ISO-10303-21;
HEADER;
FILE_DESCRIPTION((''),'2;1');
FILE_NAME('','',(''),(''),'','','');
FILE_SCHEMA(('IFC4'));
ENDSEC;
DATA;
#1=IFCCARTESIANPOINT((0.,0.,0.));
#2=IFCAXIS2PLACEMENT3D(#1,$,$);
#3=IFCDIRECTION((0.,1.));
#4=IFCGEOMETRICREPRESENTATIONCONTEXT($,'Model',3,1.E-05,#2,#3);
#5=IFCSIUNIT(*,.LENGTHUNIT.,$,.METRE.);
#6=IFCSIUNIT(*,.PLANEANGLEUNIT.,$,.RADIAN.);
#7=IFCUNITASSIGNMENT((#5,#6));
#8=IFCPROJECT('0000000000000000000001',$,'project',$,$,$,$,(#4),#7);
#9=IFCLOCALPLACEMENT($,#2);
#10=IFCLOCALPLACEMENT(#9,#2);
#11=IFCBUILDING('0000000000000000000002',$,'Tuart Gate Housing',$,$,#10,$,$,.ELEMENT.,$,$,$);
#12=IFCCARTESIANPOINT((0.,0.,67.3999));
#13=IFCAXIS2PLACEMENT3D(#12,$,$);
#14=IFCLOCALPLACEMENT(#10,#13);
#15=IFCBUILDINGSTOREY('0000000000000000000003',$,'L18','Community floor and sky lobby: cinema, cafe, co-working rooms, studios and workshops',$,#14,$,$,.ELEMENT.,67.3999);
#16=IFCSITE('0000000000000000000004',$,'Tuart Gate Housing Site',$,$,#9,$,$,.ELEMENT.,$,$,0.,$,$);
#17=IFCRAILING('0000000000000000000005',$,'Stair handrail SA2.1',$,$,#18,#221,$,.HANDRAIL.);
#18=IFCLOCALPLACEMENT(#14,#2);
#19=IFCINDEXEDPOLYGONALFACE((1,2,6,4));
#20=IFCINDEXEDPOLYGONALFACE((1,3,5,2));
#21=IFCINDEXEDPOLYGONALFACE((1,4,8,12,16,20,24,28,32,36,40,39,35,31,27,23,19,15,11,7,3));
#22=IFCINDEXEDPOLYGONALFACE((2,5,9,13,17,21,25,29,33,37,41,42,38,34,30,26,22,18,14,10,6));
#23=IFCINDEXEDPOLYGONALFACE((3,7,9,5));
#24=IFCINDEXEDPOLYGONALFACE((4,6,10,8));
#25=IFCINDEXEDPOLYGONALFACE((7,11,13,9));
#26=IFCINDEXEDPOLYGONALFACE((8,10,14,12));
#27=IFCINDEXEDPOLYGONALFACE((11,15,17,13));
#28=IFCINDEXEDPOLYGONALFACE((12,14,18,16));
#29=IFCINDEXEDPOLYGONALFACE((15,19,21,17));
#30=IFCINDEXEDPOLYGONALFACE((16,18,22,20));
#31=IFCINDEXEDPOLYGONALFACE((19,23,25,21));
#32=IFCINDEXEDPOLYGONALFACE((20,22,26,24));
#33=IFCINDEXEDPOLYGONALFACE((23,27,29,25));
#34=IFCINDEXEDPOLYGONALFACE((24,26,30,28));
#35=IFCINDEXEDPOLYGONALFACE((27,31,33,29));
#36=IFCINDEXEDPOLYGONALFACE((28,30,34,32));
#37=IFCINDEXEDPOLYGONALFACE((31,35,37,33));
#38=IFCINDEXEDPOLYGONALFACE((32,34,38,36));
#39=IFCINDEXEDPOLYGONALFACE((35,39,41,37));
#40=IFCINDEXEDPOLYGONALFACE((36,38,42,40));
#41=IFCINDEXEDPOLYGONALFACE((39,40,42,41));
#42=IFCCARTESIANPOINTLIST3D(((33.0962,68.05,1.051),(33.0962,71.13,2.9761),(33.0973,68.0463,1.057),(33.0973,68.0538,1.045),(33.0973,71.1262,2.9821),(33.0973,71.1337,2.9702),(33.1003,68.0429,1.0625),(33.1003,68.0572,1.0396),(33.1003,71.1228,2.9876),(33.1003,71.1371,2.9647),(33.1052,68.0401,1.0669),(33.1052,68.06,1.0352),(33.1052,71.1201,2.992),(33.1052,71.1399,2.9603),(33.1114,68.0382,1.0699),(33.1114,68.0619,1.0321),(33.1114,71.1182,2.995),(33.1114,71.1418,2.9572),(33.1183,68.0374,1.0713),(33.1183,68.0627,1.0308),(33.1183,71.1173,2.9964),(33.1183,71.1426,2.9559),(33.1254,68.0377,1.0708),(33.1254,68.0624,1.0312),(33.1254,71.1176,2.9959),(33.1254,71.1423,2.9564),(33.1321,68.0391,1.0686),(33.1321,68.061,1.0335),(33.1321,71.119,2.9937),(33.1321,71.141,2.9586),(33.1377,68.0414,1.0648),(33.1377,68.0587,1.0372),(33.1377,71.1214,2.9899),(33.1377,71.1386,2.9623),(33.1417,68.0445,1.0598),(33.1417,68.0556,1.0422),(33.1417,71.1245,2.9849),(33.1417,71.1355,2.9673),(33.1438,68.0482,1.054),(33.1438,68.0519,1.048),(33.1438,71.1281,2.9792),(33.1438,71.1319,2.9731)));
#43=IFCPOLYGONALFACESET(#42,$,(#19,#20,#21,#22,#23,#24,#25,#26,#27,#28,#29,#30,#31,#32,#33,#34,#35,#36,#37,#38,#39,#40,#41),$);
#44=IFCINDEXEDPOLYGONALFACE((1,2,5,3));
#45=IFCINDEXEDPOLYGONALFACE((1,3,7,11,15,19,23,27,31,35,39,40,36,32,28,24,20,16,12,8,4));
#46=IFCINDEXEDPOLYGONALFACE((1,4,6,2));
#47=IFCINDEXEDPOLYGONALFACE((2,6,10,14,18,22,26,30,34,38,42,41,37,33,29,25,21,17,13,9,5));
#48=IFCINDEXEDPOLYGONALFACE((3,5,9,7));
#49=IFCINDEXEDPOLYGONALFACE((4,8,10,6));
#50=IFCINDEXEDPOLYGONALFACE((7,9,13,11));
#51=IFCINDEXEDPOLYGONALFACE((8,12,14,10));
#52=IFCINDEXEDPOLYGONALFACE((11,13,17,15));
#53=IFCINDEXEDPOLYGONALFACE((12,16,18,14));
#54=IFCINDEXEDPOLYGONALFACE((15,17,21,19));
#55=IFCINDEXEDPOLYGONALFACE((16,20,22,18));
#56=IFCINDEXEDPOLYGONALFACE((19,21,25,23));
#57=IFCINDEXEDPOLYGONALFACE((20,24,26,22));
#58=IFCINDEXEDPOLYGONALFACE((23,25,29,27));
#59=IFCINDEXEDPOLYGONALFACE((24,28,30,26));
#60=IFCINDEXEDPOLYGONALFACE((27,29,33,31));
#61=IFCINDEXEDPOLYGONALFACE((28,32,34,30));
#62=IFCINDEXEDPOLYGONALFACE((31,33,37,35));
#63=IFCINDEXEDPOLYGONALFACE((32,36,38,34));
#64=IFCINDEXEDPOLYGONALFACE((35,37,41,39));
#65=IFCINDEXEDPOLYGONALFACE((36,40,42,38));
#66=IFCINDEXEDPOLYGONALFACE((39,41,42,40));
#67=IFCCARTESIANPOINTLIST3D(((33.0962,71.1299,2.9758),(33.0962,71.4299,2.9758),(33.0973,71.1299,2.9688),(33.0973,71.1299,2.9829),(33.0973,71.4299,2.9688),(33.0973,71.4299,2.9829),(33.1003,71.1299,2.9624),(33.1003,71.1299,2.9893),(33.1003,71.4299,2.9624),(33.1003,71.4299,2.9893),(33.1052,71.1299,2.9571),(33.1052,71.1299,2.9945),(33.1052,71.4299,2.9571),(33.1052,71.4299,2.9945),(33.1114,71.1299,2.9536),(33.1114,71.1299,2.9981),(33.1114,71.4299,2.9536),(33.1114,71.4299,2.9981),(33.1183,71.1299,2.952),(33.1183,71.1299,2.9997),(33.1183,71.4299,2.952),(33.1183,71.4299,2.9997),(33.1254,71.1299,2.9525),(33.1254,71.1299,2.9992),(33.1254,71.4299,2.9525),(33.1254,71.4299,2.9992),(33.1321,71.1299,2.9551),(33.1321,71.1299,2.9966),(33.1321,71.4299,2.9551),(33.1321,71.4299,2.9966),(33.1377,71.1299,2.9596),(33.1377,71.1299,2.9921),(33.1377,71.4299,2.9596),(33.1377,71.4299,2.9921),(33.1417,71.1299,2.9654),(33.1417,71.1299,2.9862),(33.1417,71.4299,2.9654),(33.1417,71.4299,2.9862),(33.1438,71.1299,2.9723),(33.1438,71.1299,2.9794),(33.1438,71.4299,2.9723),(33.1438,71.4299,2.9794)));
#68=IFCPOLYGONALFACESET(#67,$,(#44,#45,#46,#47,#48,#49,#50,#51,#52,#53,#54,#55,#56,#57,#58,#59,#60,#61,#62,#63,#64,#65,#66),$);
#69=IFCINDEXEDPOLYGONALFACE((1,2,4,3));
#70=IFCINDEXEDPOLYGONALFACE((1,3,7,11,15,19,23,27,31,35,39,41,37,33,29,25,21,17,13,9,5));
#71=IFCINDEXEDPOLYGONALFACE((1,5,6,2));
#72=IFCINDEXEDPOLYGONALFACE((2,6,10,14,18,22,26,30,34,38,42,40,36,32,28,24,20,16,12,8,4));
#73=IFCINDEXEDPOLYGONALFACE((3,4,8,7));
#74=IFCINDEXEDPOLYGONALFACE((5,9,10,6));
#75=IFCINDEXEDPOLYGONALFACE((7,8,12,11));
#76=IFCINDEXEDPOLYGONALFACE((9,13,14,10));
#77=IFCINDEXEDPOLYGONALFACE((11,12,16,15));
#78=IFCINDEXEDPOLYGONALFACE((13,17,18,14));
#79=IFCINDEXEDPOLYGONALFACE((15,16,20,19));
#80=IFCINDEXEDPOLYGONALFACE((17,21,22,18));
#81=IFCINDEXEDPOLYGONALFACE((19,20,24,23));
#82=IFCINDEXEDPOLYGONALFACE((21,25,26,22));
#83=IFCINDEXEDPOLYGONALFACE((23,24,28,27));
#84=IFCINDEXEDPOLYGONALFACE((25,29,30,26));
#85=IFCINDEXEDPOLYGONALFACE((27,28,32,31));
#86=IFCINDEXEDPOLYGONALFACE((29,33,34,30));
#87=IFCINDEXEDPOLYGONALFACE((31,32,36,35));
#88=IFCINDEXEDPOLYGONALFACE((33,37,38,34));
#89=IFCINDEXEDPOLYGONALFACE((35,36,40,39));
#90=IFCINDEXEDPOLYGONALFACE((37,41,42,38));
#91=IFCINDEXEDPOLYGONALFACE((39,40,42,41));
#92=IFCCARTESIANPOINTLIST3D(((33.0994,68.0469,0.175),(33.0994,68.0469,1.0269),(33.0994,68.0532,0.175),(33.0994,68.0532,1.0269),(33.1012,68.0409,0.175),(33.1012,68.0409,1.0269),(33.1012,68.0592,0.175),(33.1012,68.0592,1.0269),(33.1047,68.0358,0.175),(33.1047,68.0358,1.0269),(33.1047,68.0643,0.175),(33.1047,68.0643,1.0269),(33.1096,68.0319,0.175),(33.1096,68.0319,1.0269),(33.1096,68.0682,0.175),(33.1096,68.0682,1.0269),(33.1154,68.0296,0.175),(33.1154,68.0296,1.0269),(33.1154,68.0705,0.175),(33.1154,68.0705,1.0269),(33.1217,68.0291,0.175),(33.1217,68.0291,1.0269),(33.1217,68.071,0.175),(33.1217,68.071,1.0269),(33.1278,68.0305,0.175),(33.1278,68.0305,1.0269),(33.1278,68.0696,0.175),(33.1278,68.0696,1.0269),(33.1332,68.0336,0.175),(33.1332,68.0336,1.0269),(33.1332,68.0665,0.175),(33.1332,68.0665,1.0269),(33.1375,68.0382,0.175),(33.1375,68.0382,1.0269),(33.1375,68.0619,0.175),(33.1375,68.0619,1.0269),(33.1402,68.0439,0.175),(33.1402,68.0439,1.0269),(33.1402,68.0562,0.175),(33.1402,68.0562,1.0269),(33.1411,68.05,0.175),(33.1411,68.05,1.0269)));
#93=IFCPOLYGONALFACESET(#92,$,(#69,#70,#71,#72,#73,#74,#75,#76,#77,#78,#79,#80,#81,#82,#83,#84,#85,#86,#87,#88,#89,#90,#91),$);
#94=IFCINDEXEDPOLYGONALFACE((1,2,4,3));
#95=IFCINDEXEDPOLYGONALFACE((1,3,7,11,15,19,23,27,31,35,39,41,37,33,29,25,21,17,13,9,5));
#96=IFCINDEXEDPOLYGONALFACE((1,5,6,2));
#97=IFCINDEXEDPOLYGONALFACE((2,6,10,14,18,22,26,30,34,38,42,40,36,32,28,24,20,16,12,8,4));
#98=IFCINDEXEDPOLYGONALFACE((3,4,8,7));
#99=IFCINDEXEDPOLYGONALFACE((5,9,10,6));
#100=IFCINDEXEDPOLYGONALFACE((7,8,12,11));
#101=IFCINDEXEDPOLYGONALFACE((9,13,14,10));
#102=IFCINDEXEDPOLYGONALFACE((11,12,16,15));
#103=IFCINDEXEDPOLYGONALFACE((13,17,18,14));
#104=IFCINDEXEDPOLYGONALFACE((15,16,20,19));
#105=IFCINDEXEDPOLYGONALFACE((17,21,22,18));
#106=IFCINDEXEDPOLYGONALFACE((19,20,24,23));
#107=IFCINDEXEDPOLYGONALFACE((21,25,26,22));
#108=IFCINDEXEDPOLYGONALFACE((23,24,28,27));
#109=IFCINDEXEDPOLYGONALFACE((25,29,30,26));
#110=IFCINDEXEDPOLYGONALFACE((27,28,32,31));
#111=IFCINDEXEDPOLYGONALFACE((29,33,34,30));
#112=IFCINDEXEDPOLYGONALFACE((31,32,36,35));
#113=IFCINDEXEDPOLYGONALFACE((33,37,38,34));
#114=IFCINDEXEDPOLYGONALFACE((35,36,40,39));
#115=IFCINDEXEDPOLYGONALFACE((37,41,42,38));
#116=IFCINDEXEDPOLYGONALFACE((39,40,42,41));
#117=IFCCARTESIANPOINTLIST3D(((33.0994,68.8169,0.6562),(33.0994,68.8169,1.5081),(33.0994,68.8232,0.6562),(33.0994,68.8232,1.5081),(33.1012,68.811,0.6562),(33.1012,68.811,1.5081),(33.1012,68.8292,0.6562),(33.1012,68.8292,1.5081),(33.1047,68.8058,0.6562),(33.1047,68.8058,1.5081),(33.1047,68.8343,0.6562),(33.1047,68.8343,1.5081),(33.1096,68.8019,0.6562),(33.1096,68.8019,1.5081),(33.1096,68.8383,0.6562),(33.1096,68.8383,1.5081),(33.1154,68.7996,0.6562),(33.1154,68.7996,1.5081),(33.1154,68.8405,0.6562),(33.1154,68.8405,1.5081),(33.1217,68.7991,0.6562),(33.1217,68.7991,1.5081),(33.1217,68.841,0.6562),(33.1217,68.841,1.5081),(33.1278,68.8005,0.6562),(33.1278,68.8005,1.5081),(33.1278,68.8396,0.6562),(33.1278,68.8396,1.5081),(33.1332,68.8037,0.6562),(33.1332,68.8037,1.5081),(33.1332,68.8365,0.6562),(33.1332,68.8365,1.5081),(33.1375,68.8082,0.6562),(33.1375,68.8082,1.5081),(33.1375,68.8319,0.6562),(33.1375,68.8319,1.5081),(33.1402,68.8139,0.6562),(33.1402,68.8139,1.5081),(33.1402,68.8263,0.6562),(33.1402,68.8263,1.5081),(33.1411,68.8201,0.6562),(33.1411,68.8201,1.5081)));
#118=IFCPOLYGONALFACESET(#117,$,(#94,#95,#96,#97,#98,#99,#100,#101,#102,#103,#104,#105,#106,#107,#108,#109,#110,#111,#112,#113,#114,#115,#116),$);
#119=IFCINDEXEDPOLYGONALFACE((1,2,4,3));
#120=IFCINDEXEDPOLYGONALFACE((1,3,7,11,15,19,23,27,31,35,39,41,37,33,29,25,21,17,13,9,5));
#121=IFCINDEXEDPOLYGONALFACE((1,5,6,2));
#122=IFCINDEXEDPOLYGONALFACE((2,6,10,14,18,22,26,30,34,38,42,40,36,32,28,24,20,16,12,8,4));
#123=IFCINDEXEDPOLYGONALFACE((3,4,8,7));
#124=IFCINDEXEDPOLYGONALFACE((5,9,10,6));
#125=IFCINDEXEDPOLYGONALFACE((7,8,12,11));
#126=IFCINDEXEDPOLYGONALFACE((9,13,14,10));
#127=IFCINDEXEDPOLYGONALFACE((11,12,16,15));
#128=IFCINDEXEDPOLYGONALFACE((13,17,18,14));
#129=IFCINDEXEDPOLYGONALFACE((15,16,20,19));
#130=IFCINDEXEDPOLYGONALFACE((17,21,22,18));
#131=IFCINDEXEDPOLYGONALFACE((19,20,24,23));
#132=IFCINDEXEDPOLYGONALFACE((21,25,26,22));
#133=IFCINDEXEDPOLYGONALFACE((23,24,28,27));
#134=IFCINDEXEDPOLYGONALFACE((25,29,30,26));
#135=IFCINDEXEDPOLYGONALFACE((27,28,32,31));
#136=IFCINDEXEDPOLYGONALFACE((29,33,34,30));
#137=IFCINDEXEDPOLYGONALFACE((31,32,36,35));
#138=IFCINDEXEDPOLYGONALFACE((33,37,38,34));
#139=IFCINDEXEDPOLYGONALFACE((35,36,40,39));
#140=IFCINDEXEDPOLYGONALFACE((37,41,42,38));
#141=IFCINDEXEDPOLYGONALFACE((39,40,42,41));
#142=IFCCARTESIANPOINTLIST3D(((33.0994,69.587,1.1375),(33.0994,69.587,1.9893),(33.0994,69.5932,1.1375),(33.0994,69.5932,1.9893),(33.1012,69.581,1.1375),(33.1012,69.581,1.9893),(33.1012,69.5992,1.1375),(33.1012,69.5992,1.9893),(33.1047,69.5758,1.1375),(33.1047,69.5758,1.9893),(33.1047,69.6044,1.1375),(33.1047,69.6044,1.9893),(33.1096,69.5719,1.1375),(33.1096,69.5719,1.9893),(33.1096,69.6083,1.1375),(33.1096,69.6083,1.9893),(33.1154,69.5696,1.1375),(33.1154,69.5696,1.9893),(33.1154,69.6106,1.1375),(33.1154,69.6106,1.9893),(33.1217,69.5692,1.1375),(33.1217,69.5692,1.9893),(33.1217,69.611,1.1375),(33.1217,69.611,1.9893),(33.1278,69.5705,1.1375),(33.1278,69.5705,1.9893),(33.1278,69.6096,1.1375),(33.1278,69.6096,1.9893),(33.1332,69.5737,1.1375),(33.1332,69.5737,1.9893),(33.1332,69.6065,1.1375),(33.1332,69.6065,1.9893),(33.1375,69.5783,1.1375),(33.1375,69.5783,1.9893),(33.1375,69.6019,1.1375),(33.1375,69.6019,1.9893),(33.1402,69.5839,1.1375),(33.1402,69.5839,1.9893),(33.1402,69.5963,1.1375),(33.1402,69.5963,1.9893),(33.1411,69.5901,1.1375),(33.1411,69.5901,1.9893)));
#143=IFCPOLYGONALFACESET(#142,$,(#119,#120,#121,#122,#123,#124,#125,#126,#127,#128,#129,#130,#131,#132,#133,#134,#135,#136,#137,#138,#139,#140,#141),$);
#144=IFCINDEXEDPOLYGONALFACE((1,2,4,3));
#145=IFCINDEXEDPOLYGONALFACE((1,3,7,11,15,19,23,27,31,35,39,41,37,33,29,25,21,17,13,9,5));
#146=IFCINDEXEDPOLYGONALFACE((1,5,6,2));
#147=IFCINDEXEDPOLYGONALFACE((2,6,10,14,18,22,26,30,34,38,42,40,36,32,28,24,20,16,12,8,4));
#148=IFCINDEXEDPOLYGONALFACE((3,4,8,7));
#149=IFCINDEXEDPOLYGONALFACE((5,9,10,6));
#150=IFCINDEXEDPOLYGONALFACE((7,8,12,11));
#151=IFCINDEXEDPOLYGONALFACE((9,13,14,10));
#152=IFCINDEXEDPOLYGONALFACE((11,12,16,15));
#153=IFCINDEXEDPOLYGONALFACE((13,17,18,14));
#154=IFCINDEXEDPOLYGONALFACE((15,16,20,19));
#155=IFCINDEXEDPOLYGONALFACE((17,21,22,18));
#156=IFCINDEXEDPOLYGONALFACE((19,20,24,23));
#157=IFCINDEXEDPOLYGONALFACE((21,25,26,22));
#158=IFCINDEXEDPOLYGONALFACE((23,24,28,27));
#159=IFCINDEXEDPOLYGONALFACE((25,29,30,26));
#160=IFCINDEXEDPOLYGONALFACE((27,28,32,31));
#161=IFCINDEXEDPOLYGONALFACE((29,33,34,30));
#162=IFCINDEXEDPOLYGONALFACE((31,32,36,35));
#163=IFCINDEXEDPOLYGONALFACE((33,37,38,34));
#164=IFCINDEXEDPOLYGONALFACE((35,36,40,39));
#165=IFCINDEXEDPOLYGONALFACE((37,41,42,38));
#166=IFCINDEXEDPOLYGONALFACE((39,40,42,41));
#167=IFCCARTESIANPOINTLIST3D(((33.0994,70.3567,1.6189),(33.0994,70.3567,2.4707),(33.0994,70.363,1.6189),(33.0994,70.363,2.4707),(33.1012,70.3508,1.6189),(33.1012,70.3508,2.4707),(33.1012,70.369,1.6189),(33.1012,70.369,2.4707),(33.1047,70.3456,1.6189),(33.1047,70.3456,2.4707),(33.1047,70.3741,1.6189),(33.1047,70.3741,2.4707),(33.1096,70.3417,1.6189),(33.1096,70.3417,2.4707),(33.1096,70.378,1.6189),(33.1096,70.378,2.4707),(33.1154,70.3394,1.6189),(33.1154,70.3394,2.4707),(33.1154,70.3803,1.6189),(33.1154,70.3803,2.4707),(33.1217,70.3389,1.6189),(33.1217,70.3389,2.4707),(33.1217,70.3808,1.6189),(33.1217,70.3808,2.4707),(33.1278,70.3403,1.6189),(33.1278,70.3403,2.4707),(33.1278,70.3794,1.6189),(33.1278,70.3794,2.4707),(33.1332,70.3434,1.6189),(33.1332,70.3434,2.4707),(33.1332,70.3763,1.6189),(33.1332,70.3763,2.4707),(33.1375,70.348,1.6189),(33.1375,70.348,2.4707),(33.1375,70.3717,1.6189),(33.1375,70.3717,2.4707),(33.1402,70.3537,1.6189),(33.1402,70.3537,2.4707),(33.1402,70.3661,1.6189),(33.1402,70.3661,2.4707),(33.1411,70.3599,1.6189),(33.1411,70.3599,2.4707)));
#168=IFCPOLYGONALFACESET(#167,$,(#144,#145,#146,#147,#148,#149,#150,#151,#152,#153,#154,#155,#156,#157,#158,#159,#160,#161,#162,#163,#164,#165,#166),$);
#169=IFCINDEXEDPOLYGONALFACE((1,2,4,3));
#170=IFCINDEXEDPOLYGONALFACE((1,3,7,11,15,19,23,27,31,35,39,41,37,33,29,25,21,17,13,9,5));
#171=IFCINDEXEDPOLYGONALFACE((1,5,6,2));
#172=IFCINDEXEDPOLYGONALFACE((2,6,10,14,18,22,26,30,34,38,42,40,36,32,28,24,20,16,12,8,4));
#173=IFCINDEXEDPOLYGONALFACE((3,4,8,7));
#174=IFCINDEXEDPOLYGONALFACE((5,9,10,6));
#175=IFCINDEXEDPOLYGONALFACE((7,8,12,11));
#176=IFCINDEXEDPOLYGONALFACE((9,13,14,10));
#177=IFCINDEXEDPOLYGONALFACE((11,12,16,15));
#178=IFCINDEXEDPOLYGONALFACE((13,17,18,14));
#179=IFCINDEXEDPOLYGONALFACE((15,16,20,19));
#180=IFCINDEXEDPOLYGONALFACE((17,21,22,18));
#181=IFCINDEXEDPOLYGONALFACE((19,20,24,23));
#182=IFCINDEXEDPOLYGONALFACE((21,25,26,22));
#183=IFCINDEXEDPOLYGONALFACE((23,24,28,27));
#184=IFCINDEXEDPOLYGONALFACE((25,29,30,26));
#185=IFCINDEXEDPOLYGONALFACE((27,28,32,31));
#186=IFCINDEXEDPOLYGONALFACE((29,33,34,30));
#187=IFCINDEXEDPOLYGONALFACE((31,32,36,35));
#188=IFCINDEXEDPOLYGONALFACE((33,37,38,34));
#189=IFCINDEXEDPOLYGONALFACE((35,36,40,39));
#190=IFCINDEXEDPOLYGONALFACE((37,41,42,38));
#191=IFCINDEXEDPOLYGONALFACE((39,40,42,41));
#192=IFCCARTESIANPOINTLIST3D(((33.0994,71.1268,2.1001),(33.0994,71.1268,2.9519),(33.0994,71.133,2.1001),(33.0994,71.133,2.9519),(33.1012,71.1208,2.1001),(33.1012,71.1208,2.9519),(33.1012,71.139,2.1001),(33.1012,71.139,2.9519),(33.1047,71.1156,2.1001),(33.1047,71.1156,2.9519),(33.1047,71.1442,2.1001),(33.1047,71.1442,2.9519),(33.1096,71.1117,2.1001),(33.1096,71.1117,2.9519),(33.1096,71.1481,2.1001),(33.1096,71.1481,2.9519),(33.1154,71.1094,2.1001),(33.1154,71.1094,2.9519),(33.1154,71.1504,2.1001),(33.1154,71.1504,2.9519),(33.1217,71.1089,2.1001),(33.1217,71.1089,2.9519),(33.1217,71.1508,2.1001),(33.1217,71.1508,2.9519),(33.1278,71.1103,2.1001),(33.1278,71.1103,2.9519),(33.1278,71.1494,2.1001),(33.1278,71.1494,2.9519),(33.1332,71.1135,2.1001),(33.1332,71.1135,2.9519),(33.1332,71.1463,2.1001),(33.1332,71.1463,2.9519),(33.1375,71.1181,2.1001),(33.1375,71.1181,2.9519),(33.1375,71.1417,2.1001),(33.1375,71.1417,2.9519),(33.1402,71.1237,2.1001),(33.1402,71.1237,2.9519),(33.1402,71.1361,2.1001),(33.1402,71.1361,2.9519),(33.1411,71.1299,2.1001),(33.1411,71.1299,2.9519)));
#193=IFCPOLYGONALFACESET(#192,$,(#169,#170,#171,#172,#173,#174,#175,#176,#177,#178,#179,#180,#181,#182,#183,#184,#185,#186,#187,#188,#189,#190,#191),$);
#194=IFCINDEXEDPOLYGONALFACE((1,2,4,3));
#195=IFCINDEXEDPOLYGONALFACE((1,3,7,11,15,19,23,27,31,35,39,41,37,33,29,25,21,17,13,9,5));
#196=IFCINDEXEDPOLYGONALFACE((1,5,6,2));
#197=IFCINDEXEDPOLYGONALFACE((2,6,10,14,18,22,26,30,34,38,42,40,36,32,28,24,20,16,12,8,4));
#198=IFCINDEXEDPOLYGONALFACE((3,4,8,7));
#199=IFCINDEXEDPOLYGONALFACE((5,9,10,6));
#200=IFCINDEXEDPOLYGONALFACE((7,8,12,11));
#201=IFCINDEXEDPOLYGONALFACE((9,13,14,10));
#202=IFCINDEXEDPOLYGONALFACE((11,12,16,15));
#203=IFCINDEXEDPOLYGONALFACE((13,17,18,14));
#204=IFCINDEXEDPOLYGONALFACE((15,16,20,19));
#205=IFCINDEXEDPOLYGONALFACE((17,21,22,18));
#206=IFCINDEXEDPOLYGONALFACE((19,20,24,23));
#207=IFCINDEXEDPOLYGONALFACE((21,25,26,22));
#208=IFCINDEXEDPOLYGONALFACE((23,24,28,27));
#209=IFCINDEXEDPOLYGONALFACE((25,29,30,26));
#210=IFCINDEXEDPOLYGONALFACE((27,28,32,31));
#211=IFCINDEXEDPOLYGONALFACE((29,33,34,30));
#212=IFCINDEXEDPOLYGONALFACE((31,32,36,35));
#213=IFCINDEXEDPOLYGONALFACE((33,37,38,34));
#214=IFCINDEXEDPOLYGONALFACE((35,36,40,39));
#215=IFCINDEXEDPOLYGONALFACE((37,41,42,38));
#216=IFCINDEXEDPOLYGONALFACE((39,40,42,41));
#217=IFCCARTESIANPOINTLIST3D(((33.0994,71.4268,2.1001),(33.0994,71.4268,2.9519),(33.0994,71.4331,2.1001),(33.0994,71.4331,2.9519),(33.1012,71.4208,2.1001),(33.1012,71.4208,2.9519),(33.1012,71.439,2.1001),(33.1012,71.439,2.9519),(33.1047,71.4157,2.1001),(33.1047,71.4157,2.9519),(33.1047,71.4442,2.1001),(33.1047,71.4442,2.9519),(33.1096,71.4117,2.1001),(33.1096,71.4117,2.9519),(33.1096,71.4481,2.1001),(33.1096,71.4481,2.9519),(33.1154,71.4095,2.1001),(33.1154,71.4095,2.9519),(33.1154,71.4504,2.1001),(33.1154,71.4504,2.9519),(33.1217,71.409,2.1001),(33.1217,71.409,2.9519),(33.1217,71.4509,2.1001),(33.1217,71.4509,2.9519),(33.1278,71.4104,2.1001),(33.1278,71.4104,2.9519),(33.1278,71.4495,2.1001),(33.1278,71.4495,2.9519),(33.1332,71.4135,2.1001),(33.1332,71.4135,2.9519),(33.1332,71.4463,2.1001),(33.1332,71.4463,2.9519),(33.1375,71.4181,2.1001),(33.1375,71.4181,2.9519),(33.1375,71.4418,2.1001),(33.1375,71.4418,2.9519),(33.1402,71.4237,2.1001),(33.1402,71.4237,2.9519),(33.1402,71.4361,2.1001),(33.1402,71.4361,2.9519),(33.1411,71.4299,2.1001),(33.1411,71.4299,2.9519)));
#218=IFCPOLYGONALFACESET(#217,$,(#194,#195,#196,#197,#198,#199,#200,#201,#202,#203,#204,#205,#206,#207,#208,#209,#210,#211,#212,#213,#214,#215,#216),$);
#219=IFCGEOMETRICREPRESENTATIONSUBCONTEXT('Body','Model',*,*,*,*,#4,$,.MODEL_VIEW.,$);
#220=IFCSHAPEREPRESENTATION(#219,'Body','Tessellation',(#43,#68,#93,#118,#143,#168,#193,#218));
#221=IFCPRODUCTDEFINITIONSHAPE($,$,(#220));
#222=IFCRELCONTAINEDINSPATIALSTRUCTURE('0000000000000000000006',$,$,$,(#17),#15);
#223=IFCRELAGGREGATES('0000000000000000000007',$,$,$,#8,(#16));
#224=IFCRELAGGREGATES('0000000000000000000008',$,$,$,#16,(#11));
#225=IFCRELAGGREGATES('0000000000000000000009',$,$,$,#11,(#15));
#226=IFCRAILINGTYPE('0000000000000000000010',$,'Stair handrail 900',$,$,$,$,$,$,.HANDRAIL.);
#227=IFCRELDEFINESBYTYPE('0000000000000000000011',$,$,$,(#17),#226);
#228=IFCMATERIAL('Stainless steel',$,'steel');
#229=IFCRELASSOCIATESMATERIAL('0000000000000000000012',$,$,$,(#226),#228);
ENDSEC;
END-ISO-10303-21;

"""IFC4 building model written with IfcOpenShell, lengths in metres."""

from ifc_helpers import new_model, si_unit, direction, frame, origin, origin_2d, place, context, subcontext, project, spatial, circle, extrude, material, type_object, element, save


model = new_model("IFC4")

# Units and contexts
model_context = context("Model", 3, precision=1e-05, world=origin(), true_north=direction((0.0, 1.0)))
body_context = subcontext(model_context, "Body", "Model", "MODEL_VIEW")
ifc_project = project(units=[si_unit("LENGTHUNIT", "METRE"), si_unit("PLANEANGLEUNIT", "RADIAN")], contexts=[model_context])

# Site, building, storey
site_placement = place(None, origin())
site = spatial("IfcSite", under=ifc_project, at=site_placement, Name="Tuart Gate Housing Site", CompositionType="ELEMENT", RefElevation=0.0)
building_placement = place(site_placement, origin())
building = spatial("IfcBuilding", under=site, at=building_placement, Name="Tuart Gate Housing", CompositionType="ELEMENT")
storey_placement = place(building_placement, frame((0.0, 0.0, 67.3999)))
storey = spatial("IfcBuildingStorey", under=building, at=storey_placement, Name="L18", Description="Community floor and sky lobby: cinema, cafe, co-working rooms, studios and workshops", CompositionType="ELEMENT", Elevation=67.3999)

# Railing
ifc_material_1 = material(Name="Stainless steel", Category="steel")
railing_type = type_object("IfcRailingType", Name="Stair handrail 900", PredefinedType="HANDRAIL", material=ifc_material_1)
railing_placement = place(storey_placement, frame((33.1201, 68.05, 0.175)))
element("IfcRailing", 1, at=railing_placement, inside=storey, type_object=railing_type, Name="Stair handrail SA2.1", PredefinedType="HANDRAIL", context=body_context, shape_type="SweptSolid", body=[
    extrude(circle(Radius=0.0239, at=origin_2d()), frame((0.0, 0.0, 0.876), z_axis=(0.0, 0.847979, 0.530029), x_axis=(-1.0, 0.0, 0.0)), (0.0, 0.0, 1.0), 3.6321),
    extrude(circle(Radius=0.0239, at=origin_2d()), frame((0.0, 3.0798, 2.8008), z_axis=(0.0, 1.0, 0.0), x_axis=(-1.0, 0.0, 0.0)), (0.0, 0.0, 1.0), 0.3),
    extrude(circle(Radius=0.021, at=origin_2d()), origin(), (0.0, 0.0, 1.0), 0.8518),
    extrude(circle(Radius=0.021, at=origin_2d()), frame((0.0, 0.77, 0.4812)), (0.0, 0.0, 1.0), 0.8518),
    extrude(circle(Radius=0.021, at=origin_2d()), frame((0.0, 1.54, 0.9624)), (0.0, 0.0, 1.0), 0.8518),
    extrude(circle(Radius=0.021, at=origin_2d()), frame((0.0, 2.3098, 1.4438)), (0.0, 0.0, 1.0), 0.8518),
    extrude(circle(Radius=0.021, at=origin_2d()), frame((0.0, 3.0798, 1.925)), (0.0, 0.0, 1.0), 0.8518),
    extrude(circle(Radius=0.021, at=origin_2d()), frame((0.0, 3.3799, 1.925)), (0.0, 0.0, 1.0), 0.8518),
])

save(model, "model.ifc")
